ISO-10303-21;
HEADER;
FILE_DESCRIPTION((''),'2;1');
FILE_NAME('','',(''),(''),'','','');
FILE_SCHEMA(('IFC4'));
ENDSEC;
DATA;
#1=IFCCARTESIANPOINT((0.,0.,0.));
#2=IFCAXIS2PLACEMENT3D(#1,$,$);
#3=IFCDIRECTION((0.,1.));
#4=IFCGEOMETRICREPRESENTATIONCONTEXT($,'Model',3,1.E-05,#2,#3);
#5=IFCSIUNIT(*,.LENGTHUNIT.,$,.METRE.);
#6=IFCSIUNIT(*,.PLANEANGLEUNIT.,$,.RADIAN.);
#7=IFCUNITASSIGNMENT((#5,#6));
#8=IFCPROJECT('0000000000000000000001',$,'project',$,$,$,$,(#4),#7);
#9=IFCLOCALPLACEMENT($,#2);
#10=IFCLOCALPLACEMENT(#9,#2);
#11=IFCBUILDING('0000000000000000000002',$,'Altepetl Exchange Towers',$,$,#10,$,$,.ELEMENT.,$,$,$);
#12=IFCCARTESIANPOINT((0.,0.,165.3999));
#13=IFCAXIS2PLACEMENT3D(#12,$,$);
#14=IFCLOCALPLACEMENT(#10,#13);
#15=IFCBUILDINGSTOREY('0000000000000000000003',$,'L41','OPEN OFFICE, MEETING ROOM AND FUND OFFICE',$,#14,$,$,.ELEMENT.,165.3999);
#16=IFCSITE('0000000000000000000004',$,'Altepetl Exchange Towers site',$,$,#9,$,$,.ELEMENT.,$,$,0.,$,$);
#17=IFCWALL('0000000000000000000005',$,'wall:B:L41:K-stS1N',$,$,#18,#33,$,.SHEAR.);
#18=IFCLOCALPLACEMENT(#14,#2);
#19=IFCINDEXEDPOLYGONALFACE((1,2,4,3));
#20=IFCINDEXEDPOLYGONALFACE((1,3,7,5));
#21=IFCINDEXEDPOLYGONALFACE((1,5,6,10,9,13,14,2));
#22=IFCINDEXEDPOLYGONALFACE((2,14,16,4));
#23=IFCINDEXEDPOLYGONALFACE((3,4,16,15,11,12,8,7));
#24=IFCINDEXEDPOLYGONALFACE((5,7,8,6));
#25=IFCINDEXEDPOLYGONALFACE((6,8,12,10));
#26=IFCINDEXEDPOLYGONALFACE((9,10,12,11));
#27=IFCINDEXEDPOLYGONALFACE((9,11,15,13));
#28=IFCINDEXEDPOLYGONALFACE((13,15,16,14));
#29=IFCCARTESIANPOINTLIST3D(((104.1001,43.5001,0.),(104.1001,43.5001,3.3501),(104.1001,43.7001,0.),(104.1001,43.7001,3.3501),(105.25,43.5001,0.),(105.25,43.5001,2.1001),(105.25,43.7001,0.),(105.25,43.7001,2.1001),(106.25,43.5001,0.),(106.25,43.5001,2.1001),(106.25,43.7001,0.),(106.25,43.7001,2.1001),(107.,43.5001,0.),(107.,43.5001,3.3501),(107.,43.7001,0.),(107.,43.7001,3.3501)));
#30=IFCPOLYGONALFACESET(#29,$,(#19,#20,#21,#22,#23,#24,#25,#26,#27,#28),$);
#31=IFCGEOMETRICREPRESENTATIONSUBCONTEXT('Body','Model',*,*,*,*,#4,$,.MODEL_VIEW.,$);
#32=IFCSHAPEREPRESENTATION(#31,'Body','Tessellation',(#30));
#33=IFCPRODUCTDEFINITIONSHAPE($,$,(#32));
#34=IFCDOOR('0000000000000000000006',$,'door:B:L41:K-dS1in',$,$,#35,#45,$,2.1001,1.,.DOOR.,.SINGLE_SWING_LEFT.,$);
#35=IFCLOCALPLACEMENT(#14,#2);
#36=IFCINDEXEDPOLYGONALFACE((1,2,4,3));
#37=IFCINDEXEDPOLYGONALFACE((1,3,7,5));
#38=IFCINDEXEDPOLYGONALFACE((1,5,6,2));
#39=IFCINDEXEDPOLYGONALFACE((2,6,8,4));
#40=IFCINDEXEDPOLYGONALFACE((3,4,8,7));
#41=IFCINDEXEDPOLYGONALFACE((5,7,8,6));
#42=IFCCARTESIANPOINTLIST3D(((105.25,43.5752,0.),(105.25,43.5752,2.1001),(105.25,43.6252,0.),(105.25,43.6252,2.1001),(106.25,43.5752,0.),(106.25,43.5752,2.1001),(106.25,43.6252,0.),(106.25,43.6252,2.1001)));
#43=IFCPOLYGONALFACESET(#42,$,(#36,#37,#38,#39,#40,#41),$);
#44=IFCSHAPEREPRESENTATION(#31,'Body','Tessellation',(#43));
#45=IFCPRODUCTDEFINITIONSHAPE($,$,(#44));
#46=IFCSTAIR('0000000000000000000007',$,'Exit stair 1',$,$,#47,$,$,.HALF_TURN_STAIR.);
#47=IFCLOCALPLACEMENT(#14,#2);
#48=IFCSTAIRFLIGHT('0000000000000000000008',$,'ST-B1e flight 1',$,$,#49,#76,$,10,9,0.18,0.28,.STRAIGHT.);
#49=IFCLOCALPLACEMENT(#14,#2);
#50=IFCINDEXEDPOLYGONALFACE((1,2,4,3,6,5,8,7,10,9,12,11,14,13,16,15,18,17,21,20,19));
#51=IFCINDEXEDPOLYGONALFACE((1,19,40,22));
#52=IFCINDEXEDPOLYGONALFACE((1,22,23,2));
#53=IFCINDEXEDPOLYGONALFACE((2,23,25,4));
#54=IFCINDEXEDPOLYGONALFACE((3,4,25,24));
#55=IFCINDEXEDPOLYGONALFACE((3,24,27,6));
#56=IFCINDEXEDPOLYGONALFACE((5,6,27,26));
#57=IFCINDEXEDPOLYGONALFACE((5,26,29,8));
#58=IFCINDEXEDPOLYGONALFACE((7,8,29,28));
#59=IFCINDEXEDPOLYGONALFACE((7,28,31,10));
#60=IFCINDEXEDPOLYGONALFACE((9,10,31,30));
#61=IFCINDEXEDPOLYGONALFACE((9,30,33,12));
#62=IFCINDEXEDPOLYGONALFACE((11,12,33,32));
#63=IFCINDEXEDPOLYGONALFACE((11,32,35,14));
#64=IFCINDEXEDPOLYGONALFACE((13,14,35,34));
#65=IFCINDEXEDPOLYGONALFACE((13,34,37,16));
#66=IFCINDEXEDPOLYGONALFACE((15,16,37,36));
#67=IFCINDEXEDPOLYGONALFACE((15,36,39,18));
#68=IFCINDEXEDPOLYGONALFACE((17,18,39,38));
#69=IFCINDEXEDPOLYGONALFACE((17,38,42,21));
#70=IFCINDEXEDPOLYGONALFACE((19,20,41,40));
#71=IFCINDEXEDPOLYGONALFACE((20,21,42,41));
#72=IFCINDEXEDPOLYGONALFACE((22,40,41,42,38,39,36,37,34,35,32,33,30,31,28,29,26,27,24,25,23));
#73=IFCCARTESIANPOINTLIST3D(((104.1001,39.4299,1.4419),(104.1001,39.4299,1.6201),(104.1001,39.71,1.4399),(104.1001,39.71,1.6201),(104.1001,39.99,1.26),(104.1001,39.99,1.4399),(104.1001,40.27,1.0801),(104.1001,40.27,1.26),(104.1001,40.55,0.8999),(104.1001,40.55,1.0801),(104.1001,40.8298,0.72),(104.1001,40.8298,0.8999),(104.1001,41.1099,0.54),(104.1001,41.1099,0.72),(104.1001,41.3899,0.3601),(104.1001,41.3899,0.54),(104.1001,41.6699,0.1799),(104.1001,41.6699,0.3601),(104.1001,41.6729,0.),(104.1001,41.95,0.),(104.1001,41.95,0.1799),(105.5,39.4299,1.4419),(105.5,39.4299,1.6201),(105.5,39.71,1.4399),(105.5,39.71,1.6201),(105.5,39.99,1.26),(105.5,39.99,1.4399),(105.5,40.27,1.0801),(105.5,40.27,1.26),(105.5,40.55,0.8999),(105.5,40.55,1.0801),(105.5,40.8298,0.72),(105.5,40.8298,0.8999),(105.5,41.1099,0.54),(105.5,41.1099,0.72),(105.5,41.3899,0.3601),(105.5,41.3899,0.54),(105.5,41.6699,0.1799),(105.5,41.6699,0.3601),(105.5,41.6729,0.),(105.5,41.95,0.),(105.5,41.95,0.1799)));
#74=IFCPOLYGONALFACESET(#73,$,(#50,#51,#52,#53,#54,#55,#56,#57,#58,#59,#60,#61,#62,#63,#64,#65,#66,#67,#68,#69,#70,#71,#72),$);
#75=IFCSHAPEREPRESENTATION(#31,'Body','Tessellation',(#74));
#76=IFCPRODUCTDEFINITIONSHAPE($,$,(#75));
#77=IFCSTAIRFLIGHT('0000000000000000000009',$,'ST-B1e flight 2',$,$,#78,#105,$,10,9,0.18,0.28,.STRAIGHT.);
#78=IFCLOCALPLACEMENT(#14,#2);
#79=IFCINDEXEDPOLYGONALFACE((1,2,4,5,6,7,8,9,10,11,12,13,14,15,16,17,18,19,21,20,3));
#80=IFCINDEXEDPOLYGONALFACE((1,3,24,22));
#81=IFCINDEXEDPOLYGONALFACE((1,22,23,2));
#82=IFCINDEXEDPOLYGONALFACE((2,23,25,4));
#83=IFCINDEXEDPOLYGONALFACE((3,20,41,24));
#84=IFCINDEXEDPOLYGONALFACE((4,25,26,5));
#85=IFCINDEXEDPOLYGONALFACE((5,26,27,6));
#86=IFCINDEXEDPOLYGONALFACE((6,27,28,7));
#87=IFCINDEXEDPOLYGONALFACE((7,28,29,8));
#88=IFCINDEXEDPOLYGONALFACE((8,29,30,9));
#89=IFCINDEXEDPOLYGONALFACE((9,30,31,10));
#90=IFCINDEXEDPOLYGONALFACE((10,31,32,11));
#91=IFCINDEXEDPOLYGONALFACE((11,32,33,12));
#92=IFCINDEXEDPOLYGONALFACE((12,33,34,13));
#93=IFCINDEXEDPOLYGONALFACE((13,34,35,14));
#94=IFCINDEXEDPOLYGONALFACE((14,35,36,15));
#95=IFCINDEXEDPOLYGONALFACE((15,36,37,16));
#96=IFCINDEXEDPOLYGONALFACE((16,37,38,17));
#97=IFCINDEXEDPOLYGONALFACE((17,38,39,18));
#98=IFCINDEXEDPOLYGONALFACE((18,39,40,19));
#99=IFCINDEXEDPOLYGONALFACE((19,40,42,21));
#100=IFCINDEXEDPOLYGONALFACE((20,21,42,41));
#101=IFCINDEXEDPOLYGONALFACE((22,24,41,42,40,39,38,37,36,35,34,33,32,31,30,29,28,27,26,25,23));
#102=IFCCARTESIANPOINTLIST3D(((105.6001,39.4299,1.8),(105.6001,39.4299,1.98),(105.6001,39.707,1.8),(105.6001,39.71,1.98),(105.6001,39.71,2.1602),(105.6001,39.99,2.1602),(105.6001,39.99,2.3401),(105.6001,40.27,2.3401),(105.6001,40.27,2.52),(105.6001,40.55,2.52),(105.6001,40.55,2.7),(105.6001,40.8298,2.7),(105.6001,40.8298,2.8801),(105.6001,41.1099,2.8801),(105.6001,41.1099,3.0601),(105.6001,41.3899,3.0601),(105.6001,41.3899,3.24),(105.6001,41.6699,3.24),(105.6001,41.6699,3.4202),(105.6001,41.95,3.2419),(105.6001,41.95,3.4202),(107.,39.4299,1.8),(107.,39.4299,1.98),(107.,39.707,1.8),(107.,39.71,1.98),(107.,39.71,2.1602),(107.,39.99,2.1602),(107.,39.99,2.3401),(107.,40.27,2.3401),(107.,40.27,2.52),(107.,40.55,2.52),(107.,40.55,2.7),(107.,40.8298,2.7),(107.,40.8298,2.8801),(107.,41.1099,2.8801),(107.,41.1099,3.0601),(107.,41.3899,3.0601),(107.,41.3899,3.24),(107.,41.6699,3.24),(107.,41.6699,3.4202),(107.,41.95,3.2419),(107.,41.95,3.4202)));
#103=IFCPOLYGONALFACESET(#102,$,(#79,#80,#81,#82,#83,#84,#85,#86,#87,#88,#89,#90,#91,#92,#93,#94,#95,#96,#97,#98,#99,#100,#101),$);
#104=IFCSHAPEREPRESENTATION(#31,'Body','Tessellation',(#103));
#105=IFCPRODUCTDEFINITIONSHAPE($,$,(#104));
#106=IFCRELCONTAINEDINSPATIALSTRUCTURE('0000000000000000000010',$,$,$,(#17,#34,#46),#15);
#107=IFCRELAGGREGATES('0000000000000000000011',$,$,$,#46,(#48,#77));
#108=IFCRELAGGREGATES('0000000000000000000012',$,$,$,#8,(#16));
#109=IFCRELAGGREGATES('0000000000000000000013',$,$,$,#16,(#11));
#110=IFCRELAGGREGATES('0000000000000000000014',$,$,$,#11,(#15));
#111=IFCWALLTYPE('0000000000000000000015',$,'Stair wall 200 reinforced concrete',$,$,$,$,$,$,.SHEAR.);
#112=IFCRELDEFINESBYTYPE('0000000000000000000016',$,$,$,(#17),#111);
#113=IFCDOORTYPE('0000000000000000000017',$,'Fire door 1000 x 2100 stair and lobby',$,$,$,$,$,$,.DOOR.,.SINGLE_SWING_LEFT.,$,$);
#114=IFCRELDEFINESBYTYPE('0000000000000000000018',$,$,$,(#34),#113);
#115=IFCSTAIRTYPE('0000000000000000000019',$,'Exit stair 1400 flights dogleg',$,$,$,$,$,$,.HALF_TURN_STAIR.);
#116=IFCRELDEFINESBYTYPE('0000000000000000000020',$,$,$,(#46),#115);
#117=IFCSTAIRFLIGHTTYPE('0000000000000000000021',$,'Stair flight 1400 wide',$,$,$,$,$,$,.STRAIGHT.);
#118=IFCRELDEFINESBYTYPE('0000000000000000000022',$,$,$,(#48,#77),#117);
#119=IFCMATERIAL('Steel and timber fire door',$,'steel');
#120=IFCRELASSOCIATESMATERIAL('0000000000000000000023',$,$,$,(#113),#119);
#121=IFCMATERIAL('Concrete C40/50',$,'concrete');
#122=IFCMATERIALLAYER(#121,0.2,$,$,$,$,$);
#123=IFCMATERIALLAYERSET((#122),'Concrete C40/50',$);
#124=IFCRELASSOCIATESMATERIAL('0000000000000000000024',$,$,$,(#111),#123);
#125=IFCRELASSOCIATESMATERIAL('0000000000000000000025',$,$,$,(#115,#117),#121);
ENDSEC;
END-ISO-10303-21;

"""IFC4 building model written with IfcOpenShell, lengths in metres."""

from ifc_helpers import new_model, si_unit, direction, frame, frame_2d, origin, place, context, subcontext, project, spatial, polyline, rectangle, outline, extrude, material, layer, layer_set, type_object, element, fill, aggregate, save


model = new_model("IFC4")

# Units and contexts
model_context = context("Model", 3, precision=1e-05, world=origin(), true_north=direction((0.0, 1.0)))
body_context = subcontext(model_context, "Body", "Model", "MODEL_VIEW")
ifc_project = project(units=[si_unit("LENGTHUNIT", "METRE"), si_unit("PLANEANGLEUNIT", "RADIAN")], contexts=[model_context])

# Site, building, storey
site_placement = place(None, origin())
site = spatial("IfcSite", under=ifc_project, at=site_placement, Name="Altepetl Exchange Towers site", CompositionType="ELEMENT", RefElevation=0.0)
building_placement = place(site_placement, origin())
building = spatial("IfcBuilding", under=site, at=building_placement, Name="Altepetl Exchange Towers", CompositionType="ELEMENT")
storey_placement = place(building_placement, frame((0.0, 0.0, 165.3999)))
storey = spatial("IfcBuildingStorey", under=building, at=storey_placement, Name="L41", Description="OPEN OFFICE, MEETING ROOM AND FUND OFFICE", CompositionType="ELEMENT", Elevation=165.3999)

# Shared definitions
ifc_material_1 = material(Name="Steel and timber fire door", Category="steel")
door_type_1 = type_object("IfcDoorType", Name="Fire door 1000 x 2100 stair and lobby", OperationType="SINGLE_SWING_LEFT", PredefinedType="DOOR", material=ifc_material_1)

# Shared definitions
ifc_material_2 = material(Name="Concrete C40/50", Category="concrete")

# Shared definitions
ifc_layer_1 = layer(ifc_material_2, 0.2)
ifc_layer_set_1 = layer_set([ifc_layer_1], Name="Concrete C40/50")
wall_type_1 = type_object("IfcWallType", Name="Stair wall 200 reinforced concrete", PredefinedType="SHEAR", material=ifc_layer_set_1)

# Wall, opening, door
wall_1_placement = place(storey_placement, frame((104.1001, 43.6001, 0.0)))
wall_1 = element("IfcWall", 1, at=wall_1_placement, inside=storey, type_object=wall_type_1, Name="wall:B:L41:K-stS1N", PredefinedType="SHEAR", context=body_context, shape_type="SweptSolid", body=[
    extrude(rectangle(XDim=2.8999, YDim=0.2, at=frame_2d((1.45, 0.0))), origin(), (0.0, 0.0, 1.0), 3.3501),
])
opening_1_placement = place(wall_1_placement, frame((1.1499, 0.0, 0.0)))
opening_1 = element("IfcOpeningElement", 2, at=opening_1_placement, cuts=wall_1, PredefinedType="OPENING", context=body_context, shape_type="SweptSolid", body=[
    extrude(rectangle(XDim=1.0, YDim=2.1001, at=frame_2d((0.5, 1.05))), frame((0.0, 0.1099, 0.0), z_axis=(0.0, -1.0, 0.0), x_axis=(1.0, 0.0, 0.0)), (0.0, 0.0, 1.0), 0.22),
])
door_1_placement = place(opening_1_placement, frame((1.0, 0.0, 0.0), x_axis=(-1.0, 0.0, 0.0)))
door_1 = element("IfcDoor", 3, at=door_1_placement, inside=storey, type_object=door_type_1, Name="door:B:L41:K-dS1in", OperationType="SINGLE_SWING_LEFT", OverallHeight=2.1001, OverallWidth=1.0, PredefinedType="DOOR", context=body_context, shape_type="SweptSolid", body=[
    extrude(rectangle(XDim=1.0, YDim=2.1001, at=frame_2d((0.5, 1.05))), frame((0.0, 0.0249, 0.0), z_axis=(0.0, -1.0, 0.0), x_axis=(1.0, 0.0, 0.0)), (0.0, 0.0, 1.0), 0.05),
])
fill(opening_1, door_1)

# Stair, stair flights
stair_type = type_object("IfcStairType", Name="Exit stair 1400 flights dogleg", PredefinedType="HALF_TURN_STAIR", material=ifc_material_2)
stair_placement = place(storey_placement, origin())
stair = element("IfcStair", 4, at=stair_placement, inside=storey, type_object=stair_type, Name="Exit stair 1", PredefinedType="HALF_TURN_STAIR")
stair_flight_type = type_object("IfcStairFlightType", Name="Stair flight 1400 wide", PredefinedType="STRAIGHT", material=ifc_material_2)
stair_flight_1_placement = place(storey_placement, frame((104.8, 41.95, 0.0), z_axis=(0.0, 0.0, 1.0), x_axis=(0.0, -1.0, 0.0)))
stair_flight_1 = element("IfcStairFlight", 5, at=stair_flight_1_placement, type_object=stair_flight_type, Name="ST-B1e flight 1", NumberOfRisers=10, NumberOfTreads=9, PredefinedType="STRAIGHT", RiserHeight=0.18, TreadLength=0.28, context=body_context, shape_type="SweptSolid", body=[
    extrude(outline(polyline([(0.0, 0.0), (0.0, 0.1799), (0.28, 0.1799), (0.28, 0.3601), (0.5601, 0.3601), (0.5601, 0.54), (0.8401, 0.54), (0.8401, 0.72), (1.1201, 0.72), (1.1201, 0.8999), (1.3999, 0.8999), (1.3999, 1.0801), (1.6799, 1.0801), (1.6799, 1.26), (1.96, 1.26), (1.96, 1.4399), (2.24, 1.4399), (2.24, 1.6201), (2.52, 1.6201), (2.52, 1.8), (2.52, 1.4419), (0.2771, 0.0), (0.0, 0.0)])), frame((0.0, 0.7, 0.0), z_axis=(0.0, -1.0, 0.0), x_axis=(1.0, 0.0, 0.0)), (0.0, 0.0, 1.0), 1.3999),
])
stair_flight_2_placement = place(storey_placement, frame((106.3, 39.4299, 1.8), z_axis=(0.0, 0.0, 1.0), x_axis=(0.0, 1.0, 0.0)))
stair_flight_2 = element("IfcStairFlight", 6, at=stair_flight_2_placement, type_object=stair_flight_type, Name="ST-B1e flight 2", NumberOfRisers=10, NumberOfTreads=9, PredefinedType="STRAIGHT", RiserHeight=0.18, TreadLength=0.28, context=body_context, shape_type="SweptSolid", body=[
    extrude(outline(polyline([(0.0, 0.0), (0.0, 0.1799), (0.28, 0.1799), (0.28, 0.3601), (0.5601, 0.3601), (0.5601, 0.54), (0.8401, 0.54), (0.8401, 0.72), (1.1201, 0.72), (1.1201, 0.8999), (1.3999, 0.8999), (1.3999, 1.0801), (1.6799, 1.0801), (1.6799, 1.26), (1.96, 1.26), (1.96, 1.4399), (2.24, 1.4399), (2.24, 1.6201), (2.52, 1.6201), (2.52, 1.8), (2.52, 1.4419), (0.2771, 0.0), (0.0, 0.0)])), frame((0.0, 0.7, 0.0), z_axis=(0.0, -1.0, 0.0), x_axis=(1.0, 0.0, 0.0)), (0.0, 0.0, 1.0), 1.3999),
])
aggregate(stair, [stair_flight_1, stair_flight_2])

save(model, "model.ifc")
